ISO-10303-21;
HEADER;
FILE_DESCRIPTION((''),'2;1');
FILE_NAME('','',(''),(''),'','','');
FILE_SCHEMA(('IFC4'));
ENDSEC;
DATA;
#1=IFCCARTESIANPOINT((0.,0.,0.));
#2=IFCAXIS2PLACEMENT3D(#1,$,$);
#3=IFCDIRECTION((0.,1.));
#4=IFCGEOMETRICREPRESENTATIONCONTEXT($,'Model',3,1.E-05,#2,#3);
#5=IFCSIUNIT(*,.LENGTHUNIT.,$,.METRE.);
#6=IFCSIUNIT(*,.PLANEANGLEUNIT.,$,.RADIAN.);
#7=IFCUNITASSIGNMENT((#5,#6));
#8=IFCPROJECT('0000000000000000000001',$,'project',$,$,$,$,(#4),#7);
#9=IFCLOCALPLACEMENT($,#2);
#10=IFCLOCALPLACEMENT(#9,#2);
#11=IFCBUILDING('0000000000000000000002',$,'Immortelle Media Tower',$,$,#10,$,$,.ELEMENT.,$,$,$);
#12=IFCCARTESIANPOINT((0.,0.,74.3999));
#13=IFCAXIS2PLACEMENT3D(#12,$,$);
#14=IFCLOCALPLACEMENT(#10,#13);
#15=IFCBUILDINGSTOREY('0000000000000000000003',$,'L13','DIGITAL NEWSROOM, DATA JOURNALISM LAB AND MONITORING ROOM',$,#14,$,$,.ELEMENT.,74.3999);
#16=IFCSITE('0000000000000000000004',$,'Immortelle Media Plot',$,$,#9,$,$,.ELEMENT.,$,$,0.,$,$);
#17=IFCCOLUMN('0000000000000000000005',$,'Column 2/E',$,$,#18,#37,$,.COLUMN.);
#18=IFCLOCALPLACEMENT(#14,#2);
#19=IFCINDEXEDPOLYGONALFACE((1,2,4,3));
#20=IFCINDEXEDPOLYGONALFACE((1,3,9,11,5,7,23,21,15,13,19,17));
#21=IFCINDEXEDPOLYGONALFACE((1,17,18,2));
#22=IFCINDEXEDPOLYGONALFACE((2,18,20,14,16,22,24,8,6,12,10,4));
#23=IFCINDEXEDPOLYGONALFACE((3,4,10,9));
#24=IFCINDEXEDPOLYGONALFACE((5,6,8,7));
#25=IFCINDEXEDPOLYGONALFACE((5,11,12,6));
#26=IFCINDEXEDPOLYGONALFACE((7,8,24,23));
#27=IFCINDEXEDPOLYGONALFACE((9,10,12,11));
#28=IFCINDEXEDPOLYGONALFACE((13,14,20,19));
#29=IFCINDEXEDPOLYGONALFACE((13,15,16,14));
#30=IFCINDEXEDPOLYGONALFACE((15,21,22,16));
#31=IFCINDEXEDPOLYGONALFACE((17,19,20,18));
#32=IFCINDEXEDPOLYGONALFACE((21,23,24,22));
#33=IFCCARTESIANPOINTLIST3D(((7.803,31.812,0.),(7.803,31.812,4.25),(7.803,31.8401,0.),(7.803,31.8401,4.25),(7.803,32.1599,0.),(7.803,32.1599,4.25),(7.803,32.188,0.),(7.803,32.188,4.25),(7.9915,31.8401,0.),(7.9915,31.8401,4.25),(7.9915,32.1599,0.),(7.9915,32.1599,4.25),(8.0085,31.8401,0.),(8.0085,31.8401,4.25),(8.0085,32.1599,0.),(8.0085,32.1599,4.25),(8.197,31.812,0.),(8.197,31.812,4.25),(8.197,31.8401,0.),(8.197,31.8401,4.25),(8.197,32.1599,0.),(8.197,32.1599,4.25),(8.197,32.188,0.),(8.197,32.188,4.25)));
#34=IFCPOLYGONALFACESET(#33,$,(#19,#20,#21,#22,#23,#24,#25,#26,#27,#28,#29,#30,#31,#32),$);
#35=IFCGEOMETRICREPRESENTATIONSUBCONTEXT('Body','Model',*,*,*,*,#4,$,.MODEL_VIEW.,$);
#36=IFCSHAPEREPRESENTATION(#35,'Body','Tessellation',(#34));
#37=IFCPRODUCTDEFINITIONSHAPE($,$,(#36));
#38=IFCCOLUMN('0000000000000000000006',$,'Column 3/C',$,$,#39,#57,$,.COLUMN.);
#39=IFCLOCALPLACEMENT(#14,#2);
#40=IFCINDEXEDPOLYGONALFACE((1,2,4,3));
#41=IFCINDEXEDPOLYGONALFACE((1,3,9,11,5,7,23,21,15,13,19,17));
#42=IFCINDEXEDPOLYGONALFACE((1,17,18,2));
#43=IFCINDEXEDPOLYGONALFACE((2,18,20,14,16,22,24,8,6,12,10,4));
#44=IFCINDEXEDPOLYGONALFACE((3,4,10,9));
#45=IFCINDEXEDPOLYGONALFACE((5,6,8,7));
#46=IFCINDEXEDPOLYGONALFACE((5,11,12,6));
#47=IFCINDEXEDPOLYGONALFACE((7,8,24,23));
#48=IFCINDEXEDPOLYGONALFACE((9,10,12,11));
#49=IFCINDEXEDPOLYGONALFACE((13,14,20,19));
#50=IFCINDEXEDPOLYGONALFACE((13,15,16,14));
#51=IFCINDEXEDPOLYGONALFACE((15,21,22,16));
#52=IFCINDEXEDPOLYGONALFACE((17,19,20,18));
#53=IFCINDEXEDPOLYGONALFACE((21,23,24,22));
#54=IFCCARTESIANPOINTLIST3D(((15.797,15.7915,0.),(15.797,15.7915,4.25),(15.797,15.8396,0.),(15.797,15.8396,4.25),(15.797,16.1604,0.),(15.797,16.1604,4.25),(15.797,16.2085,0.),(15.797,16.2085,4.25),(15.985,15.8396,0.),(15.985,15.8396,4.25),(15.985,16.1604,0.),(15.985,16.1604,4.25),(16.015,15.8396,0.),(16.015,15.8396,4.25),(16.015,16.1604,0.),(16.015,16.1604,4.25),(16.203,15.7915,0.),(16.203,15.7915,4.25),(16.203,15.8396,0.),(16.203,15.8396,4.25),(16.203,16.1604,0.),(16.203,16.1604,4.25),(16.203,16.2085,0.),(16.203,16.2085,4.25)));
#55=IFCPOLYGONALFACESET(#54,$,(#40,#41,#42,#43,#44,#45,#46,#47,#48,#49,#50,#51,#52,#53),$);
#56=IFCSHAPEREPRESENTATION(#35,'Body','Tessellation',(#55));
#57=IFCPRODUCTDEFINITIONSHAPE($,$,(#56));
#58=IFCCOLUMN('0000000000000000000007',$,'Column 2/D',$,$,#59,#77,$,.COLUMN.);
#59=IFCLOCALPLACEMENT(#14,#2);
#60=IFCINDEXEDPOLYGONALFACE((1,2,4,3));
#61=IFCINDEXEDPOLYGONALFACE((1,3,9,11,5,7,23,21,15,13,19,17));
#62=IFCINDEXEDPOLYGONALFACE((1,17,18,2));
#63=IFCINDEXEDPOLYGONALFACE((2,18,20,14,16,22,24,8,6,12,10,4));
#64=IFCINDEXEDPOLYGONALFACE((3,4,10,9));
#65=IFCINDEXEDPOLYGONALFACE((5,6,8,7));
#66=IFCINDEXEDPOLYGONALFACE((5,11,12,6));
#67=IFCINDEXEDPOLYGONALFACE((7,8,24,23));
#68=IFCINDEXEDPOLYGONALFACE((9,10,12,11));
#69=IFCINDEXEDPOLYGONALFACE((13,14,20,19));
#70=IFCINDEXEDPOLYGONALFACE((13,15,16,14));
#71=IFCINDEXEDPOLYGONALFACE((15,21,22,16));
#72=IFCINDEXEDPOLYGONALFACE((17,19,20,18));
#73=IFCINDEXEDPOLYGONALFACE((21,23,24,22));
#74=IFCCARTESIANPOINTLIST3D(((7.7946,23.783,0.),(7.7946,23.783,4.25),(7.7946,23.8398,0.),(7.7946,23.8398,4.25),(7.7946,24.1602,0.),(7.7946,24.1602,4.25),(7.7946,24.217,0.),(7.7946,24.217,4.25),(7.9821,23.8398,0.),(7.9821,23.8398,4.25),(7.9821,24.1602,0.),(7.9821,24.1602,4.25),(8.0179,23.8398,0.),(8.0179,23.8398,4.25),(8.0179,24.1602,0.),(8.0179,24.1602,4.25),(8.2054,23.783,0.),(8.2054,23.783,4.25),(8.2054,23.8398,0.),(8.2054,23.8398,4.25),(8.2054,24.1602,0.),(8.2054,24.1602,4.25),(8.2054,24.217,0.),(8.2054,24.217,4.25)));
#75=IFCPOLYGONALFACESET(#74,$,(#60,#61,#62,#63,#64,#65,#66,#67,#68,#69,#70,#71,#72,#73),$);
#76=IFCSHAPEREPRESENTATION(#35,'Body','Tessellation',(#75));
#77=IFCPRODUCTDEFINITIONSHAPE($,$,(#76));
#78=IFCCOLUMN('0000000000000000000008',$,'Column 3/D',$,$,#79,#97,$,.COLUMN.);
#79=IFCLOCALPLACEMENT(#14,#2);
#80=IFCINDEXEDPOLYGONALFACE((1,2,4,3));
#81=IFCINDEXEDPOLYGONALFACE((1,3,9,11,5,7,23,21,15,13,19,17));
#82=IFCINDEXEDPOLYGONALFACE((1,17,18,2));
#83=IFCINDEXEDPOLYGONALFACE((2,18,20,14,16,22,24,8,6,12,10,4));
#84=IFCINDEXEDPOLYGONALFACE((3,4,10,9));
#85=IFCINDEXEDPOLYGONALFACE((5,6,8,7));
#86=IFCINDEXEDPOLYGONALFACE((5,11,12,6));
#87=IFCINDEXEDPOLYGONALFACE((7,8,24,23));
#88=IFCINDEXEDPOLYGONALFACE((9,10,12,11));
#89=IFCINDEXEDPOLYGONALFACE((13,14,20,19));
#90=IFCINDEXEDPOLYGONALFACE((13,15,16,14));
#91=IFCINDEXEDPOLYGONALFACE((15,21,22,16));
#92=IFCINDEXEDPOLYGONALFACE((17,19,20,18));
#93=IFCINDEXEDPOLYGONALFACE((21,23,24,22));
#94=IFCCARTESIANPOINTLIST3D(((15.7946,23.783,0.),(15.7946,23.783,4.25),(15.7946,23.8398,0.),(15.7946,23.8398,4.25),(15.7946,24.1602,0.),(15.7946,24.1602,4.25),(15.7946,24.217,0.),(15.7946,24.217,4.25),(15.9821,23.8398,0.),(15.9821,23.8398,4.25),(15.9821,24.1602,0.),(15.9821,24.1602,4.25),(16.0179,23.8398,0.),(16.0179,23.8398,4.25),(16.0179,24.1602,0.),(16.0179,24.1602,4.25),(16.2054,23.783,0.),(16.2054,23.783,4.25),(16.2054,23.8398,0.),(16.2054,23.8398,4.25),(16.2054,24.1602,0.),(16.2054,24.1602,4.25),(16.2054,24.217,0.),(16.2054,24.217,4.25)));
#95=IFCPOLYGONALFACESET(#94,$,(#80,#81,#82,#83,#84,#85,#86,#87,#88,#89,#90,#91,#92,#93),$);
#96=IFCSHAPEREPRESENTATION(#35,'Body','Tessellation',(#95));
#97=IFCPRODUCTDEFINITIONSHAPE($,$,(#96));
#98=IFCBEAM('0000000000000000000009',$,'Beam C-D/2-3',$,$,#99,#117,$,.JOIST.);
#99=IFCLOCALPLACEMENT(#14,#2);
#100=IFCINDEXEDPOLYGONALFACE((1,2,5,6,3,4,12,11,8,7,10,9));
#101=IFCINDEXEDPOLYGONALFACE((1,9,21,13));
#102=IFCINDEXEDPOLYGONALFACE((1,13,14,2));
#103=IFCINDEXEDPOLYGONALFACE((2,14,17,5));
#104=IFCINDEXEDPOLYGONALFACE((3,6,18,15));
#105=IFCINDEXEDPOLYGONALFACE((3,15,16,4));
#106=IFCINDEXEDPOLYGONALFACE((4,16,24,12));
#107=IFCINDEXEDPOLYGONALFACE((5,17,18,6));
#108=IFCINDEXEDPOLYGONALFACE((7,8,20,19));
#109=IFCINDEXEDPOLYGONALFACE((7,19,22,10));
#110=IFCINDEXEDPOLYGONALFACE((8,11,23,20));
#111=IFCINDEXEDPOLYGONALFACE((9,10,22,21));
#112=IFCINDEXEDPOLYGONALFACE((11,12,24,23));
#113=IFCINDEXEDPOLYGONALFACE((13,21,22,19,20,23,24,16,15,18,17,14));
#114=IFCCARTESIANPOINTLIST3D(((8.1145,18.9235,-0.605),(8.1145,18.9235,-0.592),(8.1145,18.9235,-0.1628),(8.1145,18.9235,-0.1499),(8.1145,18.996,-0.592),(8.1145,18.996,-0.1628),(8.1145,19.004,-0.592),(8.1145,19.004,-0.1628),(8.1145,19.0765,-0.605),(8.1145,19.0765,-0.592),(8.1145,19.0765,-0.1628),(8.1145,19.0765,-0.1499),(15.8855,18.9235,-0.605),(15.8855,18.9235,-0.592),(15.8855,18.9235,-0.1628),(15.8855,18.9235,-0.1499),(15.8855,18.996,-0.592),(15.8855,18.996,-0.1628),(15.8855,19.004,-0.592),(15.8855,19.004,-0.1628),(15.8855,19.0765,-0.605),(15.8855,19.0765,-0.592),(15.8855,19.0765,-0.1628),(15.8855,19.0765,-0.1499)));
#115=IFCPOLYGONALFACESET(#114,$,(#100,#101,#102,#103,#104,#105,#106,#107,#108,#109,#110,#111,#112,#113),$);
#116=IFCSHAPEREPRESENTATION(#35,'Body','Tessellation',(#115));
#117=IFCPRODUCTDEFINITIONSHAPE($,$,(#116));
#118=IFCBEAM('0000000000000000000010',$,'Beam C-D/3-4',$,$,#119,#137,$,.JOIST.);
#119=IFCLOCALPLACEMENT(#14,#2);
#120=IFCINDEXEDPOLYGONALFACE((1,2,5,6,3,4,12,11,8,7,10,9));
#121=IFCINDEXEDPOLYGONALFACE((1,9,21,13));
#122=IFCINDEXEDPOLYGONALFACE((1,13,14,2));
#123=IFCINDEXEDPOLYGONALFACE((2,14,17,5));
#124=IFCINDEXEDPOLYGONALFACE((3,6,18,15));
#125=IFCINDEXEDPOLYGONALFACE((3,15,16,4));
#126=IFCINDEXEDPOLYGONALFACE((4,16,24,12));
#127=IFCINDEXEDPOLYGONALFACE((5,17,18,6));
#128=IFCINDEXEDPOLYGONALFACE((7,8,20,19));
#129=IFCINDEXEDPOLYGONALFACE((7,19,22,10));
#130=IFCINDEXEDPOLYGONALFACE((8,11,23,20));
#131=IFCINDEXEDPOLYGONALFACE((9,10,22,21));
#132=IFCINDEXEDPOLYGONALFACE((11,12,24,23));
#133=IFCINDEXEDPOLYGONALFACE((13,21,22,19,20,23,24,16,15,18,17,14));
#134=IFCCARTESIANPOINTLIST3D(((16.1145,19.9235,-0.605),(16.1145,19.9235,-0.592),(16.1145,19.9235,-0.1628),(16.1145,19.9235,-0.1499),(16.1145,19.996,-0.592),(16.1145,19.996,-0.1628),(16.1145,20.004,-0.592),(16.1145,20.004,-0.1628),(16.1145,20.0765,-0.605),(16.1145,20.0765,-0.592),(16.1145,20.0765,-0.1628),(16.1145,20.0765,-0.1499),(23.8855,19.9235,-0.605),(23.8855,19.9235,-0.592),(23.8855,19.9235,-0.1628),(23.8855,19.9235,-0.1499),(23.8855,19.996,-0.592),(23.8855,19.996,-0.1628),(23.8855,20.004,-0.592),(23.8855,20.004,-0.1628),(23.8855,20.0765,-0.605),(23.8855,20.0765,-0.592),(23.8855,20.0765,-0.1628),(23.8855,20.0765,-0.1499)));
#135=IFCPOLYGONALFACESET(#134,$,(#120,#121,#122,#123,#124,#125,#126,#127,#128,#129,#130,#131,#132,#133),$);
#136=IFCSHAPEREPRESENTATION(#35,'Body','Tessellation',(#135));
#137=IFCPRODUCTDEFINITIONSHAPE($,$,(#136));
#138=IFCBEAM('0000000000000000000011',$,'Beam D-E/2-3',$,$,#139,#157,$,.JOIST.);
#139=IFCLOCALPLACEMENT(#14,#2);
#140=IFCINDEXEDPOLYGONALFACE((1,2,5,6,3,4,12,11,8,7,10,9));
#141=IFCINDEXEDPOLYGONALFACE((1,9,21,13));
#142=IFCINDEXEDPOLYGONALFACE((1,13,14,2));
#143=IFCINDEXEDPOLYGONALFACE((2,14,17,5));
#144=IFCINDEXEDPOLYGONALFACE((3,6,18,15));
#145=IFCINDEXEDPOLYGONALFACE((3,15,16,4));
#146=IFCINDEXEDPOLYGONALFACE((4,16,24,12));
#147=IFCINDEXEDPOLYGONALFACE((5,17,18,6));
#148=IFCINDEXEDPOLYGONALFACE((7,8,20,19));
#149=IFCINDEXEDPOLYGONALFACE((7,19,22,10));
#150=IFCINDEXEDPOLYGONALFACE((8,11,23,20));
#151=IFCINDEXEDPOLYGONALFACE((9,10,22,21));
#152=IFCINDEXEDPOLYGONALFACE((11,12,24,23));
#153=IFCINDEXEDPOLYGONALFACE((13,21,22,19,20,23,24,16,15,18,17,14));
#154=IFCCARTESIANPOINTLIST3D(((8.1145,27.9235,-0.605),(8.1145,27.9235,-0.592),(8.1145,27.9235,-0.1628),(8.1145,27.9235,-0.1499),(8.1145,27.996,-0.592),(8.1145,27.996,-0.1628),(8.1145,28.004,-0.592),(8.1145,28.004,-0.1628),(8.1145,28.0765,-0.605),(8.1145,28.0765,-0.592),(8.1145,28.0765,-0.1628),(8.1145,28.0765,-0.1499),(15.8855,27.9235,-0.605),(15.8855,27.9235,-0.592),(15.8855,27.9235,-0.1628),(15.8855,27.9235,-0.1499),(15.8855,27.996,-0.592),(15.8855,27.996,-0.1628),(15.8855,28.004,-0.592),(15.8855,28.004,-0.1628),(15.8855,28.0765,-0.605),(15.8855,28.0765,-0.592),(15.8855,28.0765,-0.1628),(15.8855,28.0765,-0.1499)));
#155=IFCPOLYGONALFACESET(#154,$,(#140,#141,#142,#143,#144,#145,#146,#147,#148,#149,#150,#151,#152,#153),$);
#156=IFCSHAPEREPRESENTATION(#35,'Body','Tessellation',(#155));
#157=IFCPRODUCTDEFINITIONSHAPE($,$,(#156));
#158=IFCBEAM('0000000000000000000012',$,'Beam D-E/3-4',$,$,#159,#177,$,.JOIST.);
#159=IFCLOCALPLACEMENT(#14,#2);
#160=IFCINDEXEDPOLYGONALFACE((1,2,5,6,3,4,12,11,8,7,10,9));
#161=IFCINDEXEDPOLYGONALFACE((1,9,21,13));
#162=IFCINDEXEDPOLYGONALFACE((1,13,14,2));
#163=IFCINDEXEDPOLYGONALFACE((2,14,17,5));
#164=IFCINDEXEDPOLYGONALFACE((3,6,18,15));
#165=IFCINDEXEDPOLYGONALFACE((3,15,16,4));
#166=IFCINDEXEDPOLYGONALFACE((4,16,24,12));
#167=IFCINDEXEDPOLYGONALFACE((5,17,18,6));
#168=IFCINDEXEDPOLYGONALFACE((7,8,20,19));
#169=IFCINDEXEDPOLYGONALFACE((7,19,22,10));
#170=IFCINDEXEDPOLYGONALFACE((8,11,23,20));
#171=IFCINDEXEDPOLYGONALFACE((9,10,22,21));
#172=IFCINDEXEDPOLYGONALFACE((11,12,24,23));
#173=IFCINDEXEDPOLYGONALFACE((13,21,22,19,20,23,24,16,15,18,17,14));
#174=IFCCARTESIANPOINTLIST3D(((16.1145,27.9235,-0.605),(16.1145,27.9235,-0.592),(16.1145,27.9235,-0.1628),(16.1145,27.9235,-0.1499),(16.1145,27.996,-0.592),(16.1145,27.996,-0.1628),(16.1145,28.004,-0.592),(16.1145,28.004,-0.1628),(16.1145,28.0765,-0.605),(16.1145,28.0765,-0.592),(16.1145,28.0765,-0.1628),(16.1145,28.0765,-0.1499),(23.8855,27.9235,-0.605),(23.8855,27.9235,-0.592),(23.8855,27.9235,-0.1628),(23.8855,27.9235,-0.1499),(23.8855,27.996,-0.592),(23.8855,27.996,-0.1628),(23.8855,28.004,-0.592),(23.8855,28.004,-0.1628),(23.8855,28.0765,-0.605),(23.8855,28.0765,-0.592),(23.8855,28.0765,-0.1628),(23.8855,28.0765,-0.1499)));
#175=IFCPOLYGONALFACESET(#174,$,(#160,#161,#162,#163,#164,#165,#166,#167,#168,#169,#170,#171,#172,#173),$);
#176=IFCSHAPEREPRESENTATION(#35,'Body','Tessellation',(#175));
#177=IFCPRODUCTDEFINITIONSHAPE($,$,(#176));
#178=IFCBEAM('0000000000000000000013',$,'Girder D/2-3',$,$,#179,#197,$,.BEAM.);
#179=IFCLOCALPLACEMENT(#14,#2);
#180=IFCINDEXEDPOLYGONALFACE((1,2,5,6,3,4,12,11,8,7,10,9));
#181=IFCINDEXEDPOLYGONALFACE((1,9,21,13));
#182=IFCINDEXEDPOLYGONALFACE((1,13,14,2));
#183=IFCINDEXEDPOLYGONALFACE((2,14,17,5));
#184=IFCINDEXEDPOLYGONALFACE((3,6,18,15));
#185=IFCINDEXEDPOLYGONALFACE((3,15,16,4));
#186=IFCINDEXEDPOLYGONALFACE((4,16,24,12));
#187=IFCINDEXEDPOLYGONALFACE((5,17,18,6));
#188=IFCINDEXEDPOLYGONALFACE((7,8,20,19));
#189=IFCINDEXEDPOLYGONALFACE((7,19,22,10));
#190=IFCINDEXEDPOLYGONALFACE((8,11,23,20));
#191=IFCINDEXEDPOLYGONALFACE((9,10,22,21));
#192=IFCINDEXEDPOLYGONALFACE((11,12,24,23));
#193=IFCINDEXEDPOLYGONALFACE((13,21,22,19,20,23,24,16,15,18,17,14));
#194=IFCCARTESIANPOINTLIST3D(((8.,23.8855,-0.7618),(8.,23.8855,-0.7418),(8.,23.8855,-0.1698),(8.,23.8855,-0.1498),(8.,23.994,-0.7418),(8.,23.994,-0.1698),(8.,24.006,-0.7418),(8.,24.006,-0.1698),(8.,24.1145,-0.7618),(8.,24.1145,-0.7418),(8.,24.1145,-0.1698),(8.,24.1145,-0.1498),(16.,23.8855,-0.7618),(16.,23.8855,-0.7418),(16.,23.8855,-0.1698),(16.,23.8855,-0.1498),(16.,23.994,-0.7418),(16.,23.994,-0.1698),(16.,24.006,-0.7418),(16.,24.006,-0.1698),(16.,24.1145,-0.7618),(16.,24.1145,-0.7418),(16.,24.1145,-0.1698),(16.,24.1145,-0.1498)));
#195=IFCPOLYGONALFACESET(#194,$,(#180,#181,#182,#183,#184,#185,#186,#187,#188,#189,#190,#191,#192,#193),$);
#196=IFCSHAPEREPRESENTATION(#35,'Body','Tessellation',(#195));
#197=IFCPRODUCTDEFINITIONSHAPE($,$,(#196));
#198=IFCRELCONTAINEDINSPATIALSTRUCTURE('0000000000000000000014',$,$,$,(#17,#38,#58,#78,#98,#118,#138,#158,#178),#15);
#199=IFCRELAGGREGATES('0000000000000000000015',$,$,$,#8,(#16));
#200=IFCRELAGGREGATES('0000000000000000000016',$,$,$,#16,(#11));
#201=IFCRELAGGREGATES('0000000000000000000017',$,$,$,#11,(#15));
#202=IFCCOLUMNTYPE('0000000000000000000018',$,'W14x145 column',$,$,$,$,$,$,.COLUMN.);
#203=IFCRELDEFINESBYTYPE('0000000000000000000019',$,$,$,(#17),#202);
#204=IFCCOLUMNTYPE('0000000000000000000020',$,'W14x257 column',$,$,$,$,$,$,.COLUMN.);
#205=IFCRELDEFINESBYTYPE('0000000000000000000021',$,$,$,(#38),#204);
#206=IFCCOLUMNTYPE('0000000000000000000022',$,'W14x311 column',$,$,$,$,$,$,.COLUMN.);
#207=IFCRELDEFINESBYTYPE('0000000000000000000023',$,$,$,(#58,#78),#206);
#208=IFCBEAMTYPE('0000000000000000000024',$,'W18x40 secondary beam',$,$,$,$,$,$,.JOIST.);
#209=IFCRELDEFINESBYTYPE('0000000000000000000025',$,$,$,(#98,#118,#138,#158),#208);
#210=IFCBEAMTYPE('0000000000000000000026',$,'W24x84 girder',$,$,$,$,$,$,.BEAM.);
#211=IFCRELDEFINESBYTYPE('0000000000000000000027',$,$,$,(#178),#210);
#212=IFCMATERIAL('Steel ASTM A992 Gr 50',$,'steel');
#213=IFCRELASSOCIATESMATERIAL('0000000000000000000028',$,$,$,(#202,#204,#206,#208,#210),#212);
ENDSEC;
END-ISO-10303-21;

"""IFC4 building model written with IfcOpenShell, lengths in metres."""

from ifc_helpers import new_model, si_unit, direction, frame, origin, origin_2d, place, context, subcontext, project, spatial, i_section, extrude, material, material_profile, profile_set, type_object, element, save


model = new_model("IFC4")

# Units and contexts
model_context = context("Model", 3, precision=1e-05, world=origin(), true_north=direction((0.0, 1.0)))
body_context = subcontext(model_context, "Body", "Model", "MODEL_VIEW")
ifc_project = project(units=[si_unit("LENGTHUNIT", "METRE"), si_unit("PLANEANGLEUNIT", "RADIAN")], contexts=[model_context])

# Site, building, storey
site_placement = place(None, origin())
site = spatial("IfcSite", under=ifc_project, at=site_placement, Name="Immortelle Media Plot", CompositionType="ELEMENT", RefElevation=0.0)
building_placement = place(site_placement, origin())
building = spatial("IfcBuilding", under=site, at=building_placement, Name="Immortelle Media Tower", CompositionType="ELEMENT")
storey_placement = place(building_placement, frame((0.0, 0.0, 74.3999)))
storey = spatial("IfcBuildingStorey", under=building, at=storey_placement, Name="L13", Description="DIGITAL NEWSROOM, DATA JOURNALISM LAB AND MONITORING ROOM", CompositionType="ELEMENT", Elevation=74.3999)

# Columns
ifc_material_1 = material(Name="Steel ASTM A992 Gr 50", Category="steel")
ifc_material_profile_1 = material_profile(ifc_material_1, i_section(OverallWidth=0.394, OverallDepth=0.376, WebThickness=0.0171, FlangeThickness=0.0281, at=origin_2d()), Name="W14x145")
ifc_profile_set_1 = profile_set([ifc_material_profile_1], Name="Steel ASTM A992 Gr 50")
column_type_1 = type_object("IfcColumnType", Name="W14x145 column", PredefinedType="COLUMN", material=ifc_profile_set_1)
column_1_placement = place(storey_placement, frame((8.0, 32.0, 0.0), z_axis=(0.0, 0.0, 1.0), x_axis=(1.0, 0.0, 0.0)))
element("IfcColumn", 1, at=column_1_placement, inside=storey, type_object=column_type_1, Name="Column 2/E", PredefinedType="COLUMN", context=body_context, shape_type="SweptSolid", body=[
    extrude(i_section(OverallWidth=0.394, OverallDepth=0.376, WebThickness=0.0171, FlangeThickness=0.0281, at=origin_2d()), origin(), (0.0, 0.0, 1.0), 4.25),
])
ifc_material_profile_2 = material_profile(ifc_material_1, i_section(OverallWidth=0.406, OverallDepth=0.417, WebThickness=0.03, FlangeThickness=0.0481, at=origin_2d()), Name="W14x257")
ifc_profile_set_2 = profile_set([ifc_material_profile_2], Name="Steel ASTM A992 Gr 50")
column_type_2 = type_object("IfcColumnType", Name="W14x257 column", PredefinedType="COLUMN", material=ifc_profile_set_2)
column_2_placement = place(storey_placement, frame((16.0, 16.0, 0.0), z_axis=(0.0, 0.0, 1.0), x_axis=(1.0, 0.0, 0.0)))
element("IfcColumn", 2, at=column_2_placement, inside=storey, type_object=column_type_2, Name="Column 3/C", PredefinedType="COLUMN", context=body_context, shape_type="SweptSolid", body=[
    extrude(i_section(OverallWidth=0.406, OverallDepth=0.417, WebThickness=0.03, FlangeThickness=0.0481, at=origin_2d()), origin(), (0.0, 0.0, 1.0), 4.25),
])
ifc_material_profile_3 = material_profile(ifc_material_1, i_section(OverallWidth=0.4109, OverallDepth=0.4341, WebThickness=0.0359, FlangeThickness=0.0569, at=origin_2d()), Name="W14x311")
ifc_profile_set_3 = profile_set([ifc_material_profile_3], Name="Steel ASTM A992 Gr 50")
column_type_3 = type_object("IfcColumnType", Name="W14x311 column", PredefinedType="COLUMN", material=ifc_profile_set_3)
for number, where, z_axis, x_axis, name in (
    (3, (8.0, 24.0, 0.0), (0.0, 0.0, 1.0), (1.0, 0.0, 0.0), "Column 2/D"),
    (4, (16.0, 24.0, 0.0), (0.0, 0.0, 1.0), (1.0, 0.0, 0.0), "Column 3/D"),
):
    element("IfcColumn", number, at=place(storey_placement, frame(where, z_axis=z_axis, x_axis=x_axis)), inside=storey, type_object=column_type_3, Name=name, PredefinedType="COLUMN", context=body_context, shape_type="SweptSolid", body=[
        extrude(i_section(OverallWidth=0.4109, OverallDepth=0.4341, WebThickness=0.0359, FlangeThickness=0.0569, at=origin_2d()), origin(), (0.0, 0.0, 1.0), 4.25),
    ])

# Beams
ifc_material_profile_4 = material_profile(ifc_material_1, i_section(OverallWidth=0.1531, OverallDepth=0.4551, WebThickness=0.0081, FlangeThickness=0.0129, at=origin_2d()), Name="W18x40")
ifc_profile_set_4 = profile_set([ifc_material_profile_4], Name="Steel ASTM A992 Gr 50")
beam_type_1 = type_object("IfcBeamType", Name="W18x40 secondary beam", PredefinedType="JOIST", material=ifc_profile_set_4)
for number, where, z_axis, x_axis, name in (
    (5, (8.1145, 19.0, -0.3774), (1.0, 0.0, 0.0), (0.0, 1.0, 0.0), "Beam C-D/2-3"),
    (6, (16.1145, 20.0, -0.3774), (1.0, 0.0, 0.0), (0.0, 1.0, 0.0), "Beam C-D/3-4"),
    (7, (8.1145, 28.0, -0.3774), (1.0, 0.0, 0.0), (0.0, 1.0, 0.0), "Beam D-E/2-3"),
    (8, (16.1145, 28.0, -0.3774), (1.0, 0.0, 0.0), (0.0, 1.0, 0.0), "Beam D-E/3-4"),
):
    element("IfcBeam", number, at=place(storey_placement, frame(where, z_axis=z_axis, x_axis=x_axis)), inside=storey, type_object=beam_type_1, Name=name, PredefinedType="JOIST", context=body_context, shape_type="SweptSolid", body=[
        extrude(i_section(OverallWidth=0.1531, OverallDepth=0.4551, WebThickness=0.0081, FlangeThickness=0.0129, at=origin_2d()), origin(), (0.0, 0.0, 1.0), 7.771),
    ])
ifc_material_profile_5 = material_profile(ifc_material_1, i_section(OverallWidth=0.229, OverallDepth=0.6121, WebThickness=0.012, FlangeThickness=0.02, at=origin_2d()), Name="W24x84")
ifc_profile_set_5 = profile_set([ifc_material_profile_5], Name="Steel ASTM A992 Gr 50")
beam_type_2 = type_object("IfcBeamType", Name="W24x84 girder", PredefinedType="BEAM", material=ifc_profile_set_5)
for number, where, z_axis, x_axis, name in (
    (9, (8.0, 24.0, -0.4558), (1.0, 0.0, 0.0), (0.0, 1.0, 0.0), "Girder D/2-3"),
):
    element("IfcBeam", number, at=place(storey_placement, frame(where, z_axis=z_axis, x_axis=x_axis)), inside=storey, type_object=beam_type_2, Name=name, PredefinedType="BEAM", context=body_context, shape_type="SweptSolid", body=[
        extrude(i_section(OverallWidth=0.229, OverallDepth=0.6121, WebThickness=0.012, FlangeThickness=0.02, at=origin_2d()), origin(), (0.0, 0.0, 1.0), 8.0),
    ])

save(model, "model.ifc")
